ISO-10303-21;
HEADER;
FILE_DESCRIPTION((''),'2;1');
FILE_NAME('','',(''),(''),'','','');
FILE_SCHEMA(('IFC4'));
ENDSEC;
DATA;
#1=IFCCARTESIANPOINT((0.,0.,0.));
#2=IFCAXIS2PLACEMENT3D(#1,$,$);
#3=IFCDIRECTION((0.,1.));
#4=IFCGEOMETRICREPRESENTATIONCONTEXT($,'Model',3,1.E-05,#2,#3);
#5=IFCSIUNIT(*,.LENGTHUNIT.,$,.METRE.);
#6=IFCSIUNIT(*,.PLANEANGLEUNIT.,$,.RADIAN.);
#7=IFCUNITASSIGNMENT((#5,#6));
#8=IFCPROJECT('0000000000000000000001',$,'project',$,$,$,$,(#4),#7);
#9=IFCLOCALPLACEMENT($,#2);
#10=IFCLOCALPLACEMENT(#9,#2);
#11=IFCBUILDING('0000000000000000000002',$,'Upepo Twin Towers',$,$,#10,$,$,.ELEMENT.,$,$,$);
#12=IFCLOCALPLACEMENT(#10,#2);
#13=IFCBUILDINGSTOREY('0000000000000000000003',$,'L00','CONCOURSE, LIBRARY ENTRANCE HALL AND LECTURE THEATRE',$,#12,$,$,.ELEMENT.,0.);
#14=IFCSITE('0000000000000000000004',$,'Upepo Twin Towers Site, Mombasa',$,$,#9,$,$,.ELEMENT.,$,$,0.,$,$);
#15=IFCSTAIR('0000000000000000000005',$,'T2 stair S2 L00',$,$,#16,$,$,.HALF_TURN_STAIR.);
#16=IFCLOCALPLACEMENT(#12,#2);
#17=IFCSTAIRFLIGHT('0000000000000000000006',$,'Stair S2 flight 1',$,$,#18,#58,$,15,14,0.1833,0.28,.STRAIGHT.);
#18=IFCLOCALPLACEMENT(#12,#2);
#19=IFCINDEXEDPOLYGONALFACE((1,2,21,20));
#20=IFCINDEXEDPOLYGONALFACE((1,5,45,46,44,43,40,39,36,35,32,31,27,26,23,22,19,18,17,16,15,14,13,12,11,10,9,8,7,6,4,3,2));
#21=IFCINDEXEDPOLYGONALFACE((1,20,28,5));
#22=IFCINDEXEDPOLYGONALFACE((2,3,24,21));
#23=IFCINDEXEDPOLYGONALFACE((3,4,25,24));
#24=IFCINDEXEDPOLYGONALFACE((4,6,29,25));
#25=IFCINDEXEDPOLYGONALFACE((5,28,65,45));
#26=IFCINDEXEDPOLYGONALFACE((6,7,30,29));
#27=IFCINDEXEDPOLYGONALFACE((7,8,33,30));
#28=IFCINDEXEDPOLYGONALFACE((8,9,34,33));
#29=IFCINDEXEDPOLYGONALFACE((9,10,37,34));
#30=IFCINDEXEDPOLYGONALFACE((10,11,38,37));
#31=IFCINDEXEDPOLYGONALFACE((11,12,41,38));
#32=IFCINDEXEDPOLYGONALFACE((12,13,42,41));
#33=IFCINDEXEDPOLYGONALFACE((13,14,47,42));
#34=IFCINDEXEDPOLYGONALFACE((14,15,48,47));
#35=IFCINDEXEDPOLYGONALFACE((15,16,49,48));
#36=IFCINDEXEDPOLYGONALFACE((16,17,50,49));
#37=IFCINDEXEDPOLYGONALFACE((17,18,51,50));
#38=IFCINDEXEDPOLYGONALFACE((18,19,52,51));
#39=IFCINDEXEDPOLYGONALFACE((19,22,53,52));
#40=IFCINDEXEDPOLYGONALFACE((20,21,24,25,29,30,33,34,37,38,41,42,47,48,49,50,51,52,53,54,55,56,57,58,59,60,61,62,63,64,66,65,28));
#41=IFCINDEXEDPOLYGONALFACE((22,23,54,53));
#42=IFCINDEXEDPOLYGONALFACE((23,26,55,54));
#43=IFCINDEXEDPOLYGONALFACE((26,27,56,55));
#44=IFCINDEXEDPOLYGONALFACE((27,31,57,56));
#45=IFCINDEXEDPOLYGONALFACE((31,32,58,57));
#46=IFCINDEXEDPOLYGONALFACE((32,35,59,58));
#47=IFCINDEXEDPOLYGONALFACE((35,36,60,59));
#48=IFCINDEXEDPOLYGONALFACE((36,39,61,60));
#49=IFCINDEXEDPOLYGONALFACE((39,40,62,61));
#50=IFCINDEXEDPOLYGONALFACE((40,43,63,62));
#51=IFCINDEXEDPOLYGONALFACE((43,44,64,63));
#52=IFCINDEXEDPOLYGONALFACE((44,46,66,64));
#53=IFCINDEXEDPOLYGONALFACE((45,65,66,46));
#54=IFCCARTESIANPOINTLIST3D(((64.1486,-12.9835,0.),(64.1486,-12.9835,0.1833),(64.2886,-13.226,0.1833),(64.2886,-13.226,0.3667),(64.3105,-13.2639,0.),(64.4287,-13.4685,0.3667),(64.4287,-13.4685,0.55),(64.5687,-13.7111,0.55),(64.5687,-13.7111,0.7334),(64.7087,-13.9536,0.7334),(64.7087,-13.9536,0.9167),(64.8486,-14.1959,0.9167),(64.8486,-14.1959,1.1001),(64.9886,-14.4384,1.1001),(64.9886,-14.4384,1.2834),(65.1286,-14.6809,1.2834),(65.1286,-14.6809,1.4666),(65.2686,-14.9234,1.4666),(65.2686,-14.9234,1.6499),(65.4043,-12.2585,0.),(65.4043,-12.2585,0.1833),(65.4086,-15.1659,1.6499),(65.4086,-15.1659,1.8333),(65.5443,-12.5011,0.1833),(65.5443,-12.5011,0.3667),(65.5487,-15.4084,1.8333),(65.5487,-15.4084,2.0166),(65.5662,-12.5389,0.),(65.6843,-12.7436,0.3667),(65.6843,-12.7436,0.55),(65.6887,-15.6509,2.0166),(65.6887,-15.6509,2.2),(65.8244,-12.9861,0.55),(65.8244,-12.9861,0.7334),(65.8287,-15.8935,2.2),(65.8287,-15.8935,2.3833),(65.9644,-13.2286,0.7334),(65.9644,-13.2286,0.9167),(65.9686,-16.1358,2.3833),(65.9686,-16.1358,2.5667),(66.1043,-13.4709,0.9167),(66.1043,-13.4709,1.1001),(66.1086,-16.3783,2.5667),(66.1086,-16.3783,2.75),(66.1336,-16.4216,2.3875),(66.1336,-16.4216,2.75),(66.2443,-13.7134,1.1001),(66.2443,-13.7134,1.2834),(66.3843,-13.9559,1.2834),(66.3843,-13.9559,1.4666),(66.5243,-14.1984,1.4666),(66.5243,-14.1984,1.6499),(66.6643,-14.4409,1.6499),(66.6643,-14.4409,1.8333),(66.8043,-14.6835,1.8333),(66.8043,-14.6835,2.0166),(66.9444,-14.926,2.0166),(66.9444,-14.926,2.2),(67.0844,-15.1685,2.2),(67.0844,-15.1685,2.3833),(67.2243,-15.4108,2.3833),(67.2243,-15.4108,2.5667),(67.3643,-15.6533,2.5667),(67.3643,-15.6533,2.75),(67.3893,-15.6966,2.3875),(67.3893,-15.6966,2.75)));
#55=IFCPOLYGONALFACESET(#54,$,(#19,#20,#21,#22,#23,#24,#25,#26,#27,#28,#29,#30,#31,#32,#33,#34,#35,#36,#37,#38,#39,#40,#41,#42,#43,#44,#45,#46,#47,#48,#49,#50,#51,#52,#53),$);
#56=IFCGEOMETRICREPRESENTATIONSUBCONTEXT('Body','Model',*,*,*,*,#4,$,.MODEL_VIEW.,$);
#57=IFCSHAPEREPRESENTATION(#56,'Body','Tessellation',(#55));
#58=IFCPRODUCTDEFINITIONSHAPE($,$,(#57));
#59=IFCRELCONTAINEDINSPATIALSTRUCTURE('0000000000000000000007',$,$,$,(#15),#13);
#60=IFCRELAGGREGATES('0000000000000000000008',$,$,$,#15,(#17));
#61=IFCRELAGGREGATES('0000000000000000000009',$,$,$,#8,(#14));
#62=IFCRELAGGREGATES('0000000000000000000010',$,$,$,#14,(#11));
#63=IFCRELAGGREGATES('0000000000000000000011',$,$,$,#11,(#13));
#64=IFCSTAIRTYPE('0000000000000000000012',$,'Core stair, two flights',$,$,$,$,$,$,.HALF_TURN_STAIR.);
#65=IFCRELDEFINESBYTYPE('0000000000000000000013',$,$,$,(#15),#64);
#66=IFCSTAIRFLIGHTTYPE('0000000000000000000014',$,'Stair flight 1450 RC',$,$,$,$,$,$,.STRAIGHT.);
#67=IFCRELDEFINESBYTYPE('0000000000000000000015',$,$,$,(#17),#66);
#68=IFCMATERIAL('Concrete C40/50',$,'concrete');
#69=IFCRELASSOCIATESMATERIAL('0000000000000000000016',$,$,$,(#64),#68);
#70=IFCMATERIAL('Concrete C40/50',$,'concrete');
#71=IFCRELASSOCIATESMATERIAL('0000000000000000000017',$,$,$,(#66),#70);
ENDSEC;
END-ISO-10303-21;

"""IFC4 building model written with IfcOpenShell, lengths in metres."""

from ifc_helpers import new_model, si_unit, direction, frame, origin, place, context, subcontext, project, spatial, polyline, outline, extrude, material, type_object, element, aggregate, save


model = new_model("IFC4")

# Units and contexts
model_context = context("Model", 3, precision=1e-05, world=origin(), true_north=direction((0.0, 1.0)))
body_context = subcontext(model_context, "Body", "Model", "MODEL_VIEW")
ifc_project = project(units=[si_unit("LENGTHUNIT", "METRE"), si_unit("PLANEANGLEUNIT", "RADIAN")], contexts=[model_context])

# Site, building, storey
site_placement = place(None, origin())
site = spatial("IfcSite", under=ifc_project, at=site_placement, Name="Upepo Twin Towers Site, Mombasa", CompositionType="ELEMENT", RefElevation=0.0)
building_placement = place(site_placement, origin())
building = spatial("IfcBuilding", under=site, at=building_placement, Name="Upepo Twin Towers", CompositionType="ELEMENT")
storey_placement = place(building_placement, origin())
storey = spatial("IfcBuildingStorey", under=building, at=storey_placement, Name="L00", Description="CONCOURSE, LIBRARY ENTRANCE HALL AND LECTURE THEATRE", CompositionType="ELEMENT", Elevation=0.0)

# Stair, stair flight
ifc_material_1 = material(Name="Concrete C40/50", Category="concrete")
stair_type = type_object("IfcStairType", Name="Core stair, two flights", PredefinedType="HALF_TURN_STAIR", material=ifc_material_1)
stair_placement = place(storey_placement, origin())
stair = element("IfcStair", 1, at=stair_placement, inside=storey, type_object=stair_type, Name="T2 stair S2 L00", PredefinedType="HALF_TURN_STAIR")
ifc_material_2 = material(Name="Concrete C40/50", Category="concrete")
stair_flight_type = type_object("IfcStairFlightType", Name="Stair flight 1450 RC", PredefinedType="STRAIGHT", material=ifc_material_2)
stair_flight_placement = place(storey_placement, frame((64.7764, -12.6211, 0.0), z_axis=(0.0, 0.0, 1.0), x_axis=(0.5, -0.866025, 0.0)))
stair_flight = element("IfcStairFlight", 2, at=stair_flight_placement, type_object=stair_flight_type, Name="Stair S2 flight 1", NumberOfRisers=15, NumberOfTreads=14, PredefinedType="STRAIGHT", RiserHeight=0.1833, TreadLength=0.28, context=body_context, shape_type="SweptSolid", body=[
    extrude(outline(polyline([(0.0, 0.0), (0.0, 0.1833), (0.28, 0.1833), (0.28, 0.3667), (0.5601, 0.3667), (0.5601, 0.55), (0.8401, 0.55), (0.8401, 0.7334), (1.1201, 0.7334), (1.1201, 0.9167), (1.3999, 0.9167), (1.3999, 1.1001), (1.6799, 1.1001), (1.6799, 1.2834), (1.96, 1.2834), (1.96, 1.4666), (2.24, 1.4666), (2.24, 1.6499), (2.52, 1.6499), (2.52, 1.8333), (2.8, 1.8333), (2.8, 2.0166), (3.0801, 2.0166), (3.0801, 2.2), (3.3601, 2.2), (3.3601, 2.3833), (3.6399, 2.3833), (3.6399, 2.5667), (3.9199, 2.5667), (3.9199, 2.75), (3.97, 2.75), (3.97, 2.3875), (0.3237, 0.0), (0.0, 0.0)])), frame((0.0, 0.7251, 0.0), z_axis=(0.0, -1.0, 0.0), x_axis=(1.0, 0.0, 0.0)), (0.0, 0.0, 1.0), 1.45),
])
aggregate(stair, [stair_flight])

save(model, "model.ifc")
